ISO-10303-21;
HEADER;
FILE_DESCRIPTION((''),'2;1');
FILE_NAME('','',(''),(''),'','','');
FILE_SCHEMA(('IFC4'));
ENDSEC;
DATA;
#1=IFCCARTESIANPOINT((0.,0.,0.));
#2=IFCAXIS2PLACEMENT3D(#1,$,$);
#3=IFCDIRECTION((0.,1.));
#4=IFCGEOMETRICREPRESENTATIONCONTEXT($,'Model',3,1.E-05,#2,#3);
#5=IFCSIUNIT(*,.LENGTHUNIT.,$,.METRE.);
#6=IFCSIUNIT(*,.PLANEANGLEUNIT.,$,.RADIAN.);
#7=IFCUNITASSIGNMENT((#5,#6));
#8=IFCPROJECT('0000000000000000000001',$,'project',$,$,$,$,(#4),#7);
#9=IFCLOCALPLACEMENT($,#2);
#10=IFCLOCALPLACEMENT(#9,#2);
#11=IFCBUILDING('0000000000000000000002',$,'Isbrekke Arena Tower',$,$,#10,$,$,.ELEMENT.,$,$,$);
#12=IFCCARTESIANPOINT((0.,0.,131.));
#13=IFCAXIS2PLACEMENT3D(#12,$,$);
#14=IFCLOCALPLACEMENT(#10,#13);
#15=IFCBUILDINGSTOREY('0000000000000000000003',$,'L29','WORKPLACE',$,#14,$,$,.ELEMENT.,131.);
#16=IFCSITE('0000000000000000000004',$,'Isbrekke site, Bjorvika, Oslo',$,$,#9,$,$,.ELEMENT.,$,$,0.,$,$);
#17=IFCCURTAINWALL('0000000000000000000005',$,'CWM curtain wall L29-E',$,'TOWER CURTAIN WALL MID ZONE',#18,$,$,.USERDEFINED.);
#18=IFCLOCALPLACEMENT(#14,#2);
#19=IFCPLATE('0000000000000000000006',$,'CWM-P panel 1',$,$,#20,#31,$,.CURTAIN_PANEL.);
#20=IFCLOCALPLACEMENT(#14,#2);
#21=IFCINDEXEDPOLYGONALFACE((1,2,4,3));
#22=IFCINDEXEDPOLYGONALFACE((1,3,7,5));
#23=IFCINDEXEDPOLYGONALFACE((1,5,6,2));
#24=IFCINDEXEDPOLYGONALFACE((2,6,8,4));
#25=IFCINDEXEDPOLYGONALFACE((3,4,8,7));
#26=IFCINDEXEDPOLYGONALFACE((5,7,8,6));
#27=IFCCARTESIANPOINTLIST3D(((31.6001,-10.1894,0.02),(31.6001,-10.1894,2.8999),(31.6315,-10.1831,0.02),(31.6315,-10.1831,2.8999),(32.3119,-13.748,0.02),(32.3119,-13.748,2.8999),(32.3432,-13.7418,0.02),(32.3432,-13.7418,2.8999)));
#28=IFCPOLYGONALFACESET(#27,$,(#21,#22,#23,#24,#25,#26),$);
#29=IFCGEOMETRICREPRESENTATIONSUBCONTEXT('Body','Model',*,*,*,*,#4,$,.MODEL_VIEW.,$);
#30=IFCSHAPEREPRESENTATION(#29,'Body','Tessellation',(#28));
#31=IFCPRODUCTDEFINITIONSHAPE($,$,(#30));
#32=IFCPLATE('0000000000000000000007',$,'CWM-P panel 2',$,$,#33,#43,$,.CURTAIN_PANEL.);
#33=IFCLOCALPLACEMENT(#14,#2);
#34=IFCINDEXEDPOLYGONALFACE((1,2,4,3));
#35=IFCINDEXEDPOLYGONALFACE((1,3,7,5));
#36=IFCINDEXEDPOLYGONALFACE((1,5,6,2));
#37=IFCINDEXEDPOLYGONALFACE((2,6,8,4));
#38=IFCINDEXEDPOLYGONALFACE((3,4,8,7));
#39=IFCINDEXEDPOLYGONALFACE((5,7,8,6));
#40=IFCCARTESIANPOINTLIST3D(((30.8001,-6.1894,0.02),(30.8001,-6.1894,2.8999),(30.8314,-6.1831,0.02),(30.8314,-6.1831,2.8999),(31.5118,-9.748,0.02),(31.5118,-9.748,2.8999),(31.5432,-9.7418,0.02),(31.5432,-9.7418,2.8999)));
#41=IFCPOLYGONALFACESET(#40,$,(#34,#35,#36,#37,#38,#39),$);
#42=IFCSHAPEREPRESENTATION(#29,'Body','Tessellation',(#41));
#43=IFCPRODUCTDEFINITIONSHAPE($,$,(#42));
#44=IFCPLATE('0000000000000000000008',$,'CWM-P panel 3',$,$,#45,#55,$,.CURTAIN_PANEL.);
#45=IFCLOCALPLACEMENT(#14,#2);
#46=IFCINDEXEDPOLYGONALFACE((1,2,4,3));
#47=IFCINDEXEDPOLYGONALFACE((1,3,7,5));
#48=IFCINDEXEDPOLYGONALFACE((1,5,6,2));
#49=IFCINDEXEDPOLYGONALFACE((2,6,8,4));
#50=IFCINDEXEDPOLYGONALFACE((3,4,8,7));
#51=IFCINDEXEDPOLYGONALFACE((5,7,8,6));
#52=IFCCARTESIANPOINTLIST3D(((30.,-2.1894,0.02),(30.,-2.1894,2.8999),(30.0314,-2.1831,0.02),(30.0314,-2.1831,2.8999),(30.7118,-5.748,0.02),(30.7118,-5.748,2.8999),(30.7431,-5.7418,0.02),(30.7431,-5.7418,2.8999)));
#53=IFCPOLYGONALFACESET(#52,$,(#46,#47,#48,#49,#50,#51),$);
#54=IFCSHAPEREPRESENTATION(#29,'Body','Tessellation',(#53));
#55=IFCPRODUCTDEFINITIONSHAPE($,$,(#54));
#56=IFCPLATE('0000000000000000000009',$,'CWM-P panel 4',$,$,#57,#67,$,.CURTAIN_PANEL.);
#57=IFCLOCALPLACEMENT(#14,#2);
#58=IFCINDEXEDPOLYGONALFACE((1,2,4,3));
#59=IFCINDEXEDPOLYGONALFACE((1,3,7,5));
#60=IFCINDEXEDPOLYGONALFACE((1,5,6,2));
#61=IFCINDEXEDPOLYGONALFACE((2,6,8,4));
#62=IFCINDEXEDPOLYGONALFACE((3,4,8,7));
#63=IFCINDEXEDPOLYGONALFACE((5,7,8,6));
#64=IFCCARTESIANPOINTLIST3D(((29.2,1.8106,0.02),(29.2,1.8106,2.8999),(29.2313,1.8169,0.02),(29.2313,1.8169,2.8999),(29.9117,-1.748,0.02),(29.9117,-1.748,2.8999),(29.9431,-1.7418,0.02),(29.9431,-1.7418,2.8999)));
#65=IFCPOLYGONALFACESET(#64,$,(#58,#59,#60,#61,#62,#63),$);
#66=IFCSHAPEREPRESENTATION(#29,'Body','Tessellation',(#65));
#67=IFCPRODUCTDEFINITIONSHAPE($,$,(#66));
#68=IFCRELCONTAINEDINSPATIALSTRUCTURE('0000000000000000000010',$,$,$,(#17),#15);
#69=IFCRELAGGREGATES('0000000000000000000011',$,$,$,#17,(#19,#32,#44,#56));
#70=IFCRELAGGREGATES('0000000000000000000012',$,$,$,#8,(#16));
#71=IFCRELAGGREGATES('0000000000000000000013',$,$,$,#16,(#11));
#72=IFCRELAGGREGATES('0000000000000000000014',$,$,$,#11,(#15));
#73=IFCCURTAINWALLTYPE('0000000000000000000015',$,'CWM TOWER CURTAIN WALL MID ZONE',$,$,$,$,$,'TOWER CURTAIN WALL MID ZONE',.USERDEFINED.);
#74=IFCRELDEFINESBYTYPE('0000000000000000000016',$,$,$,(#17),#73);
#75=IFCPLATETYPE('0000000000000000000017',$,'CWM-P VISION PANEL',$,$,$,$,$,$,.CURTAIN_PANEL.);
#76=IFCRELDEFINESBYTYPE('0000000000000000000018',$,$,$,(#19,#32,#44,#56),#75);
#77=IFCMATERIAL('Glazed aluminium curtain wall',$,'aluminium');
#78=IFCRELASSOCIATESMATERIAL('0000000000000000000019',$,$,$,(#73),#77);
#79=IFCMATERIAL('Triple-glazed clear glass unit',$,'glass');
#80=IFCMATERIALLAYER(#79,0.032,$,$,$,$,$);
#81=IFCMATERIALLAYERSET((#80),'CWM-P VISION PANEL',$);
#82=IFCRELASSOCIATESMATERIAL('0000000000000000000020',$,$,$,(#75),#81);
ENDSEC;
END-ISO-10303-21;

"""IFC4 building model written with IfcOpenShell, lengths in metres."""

from ifc_helpers import new_model, si_unit, direction, frame, origin, origin_2d, place, context, subcontext, project, spatial, rectangle, extrude, material, layer, layer_set, type_object, element, aggregate, save


model = new_model("IFC4")

# Units and contexts
model_context = context("Model", 3, precision=1e-05, world=origin(), true_north=direction((0.0, 1.0)))
body_context = subcontext(model_context, "Body", "Model", "MODEL_VIEW")
ifc_project = project(units=[si_unit("LENGTHUNIT", "METRE"), si_unit("PLANEANGLEUNIT", "RADIAN")], contexts=[model_context])

# Site, building, storey
site_placement = place(None, origin())
site = spatial("IfcSite", under=ifc_project, at=site_placement, Name="Isbrekke site, Bjorvika, Oslo", CompositionType="ELEMENT", RefElevation=0.0)
building_placement = place(site_placement, origin())
building = spatial("IfcBuilding", under=site, at=building_placement, Name="Isbrekke Arena Tower", CompositionType="ELEMENT")
storey_placement = place(building_placement, frame((0.0, 0.0, 131.0)))
storey = spatial("IfcBuildingStorey", under=building, at=storey_placement, Name="L29", Description="WORKPLACE", CompositionType="ELEMENT", Elevation=131.0)

# Curtain wall
ifc_material_1 = material(Name="Glazed aluminium curtain wall", Category="aluminium")
curtain_wall_type = type_object("IfcCurtainWallType", Name="CWM TOWER CURTAIN WALL MID ZONE", ElementType="TOWER CURTAIN WALL MID ZONE", PredefinedType="USERDEFINED", material=ifc_material_1)
curtain_wall_placement = place(storey_placement, origin())
curtain_wall = element("IfcCurtainWall", 1, at=curtain_wall_placement, inside=storey, type_object=curtain_wall_type, Name="CWM curtain wall L29-E", ObjectType="TOWER CURTAIN WALL MID ZONE", PredefinedType="USERDEFINED")

# Plates
ifc_material_2 = material(Name="Triple-glazed clear glass unit", Category="glass")
ifc_layer = layer(ifc_material_2, 0.032)
ifc_layer_set = layer_set([ifc_layer], Name="CWM-P VISION PANEL")
plate_type = type_object("IfcPlateType", Name="CWM-P VISION PANEL", PredefinedType="CURTAIN_PANEL", material=ifc_layer_set)
plate_1_placement = place(storey_placement, frame((31.9717, -11.9656, 0.02), z_axis=(0.0, 0.0, 1.0), x_axis=(-0.196116, 0.980581, 0.0)))
plate_1 = element("IfcPlate", 2, at=plate_1_placement, type_object=plate_type, Name="CWM-P panel 1", PredefinedType="CURTAIN_PANEL", context=body_context, shape_type="SweptSolid", body=[
    extrude(rectangle(XDim=3.6292, YDim=0.032, at=origin_2d()), origin(), (0.0, 0.0, 1.0), 2.8799),
])
plate_2_placement = place(storey_placement, frame((31.1716, -7.9656, 0.02), z_axis=(0.0, 0.0, 1.0), x_axis=(-0.196116, 0.980581, 0.0)))
plate_2 = element("IfcPlate", 3, at=plate_2_placement, type_object=plate_type, Name="CWM-P panel 2", PredefinedType="CURTAIN_PANEL", context=body_context, shape_type="SweptSolid", body=[
    extrude(rectangle(XDim=3.6292, YDim=0.032, at=origin_2d()), origin(), (0.0, 0.0, 1.0), 2.8799),
])
plate_3_placement = place(storey_placement, frame((30.3716, -3.9656, 0.02), z_axis=(0.0, 0.0, 1.0), x_axis=(-0.196116, 0.980581, 0.0)))
plate_3 = element("IfcPlate", 4, at=plate_3_placement, type_object=plate_type, Name="CWM-P panel 3", PredefinedType="CURTAIN_PANEL", context=body_context, shape_type="SweptSolid", body=[
    extrude(rectangle(XDim=3.6292, YDim=0.032, at=origin_2d()), origin(), (0.0, 0.0, 1.0), 2.8799),
])
plate_4_placement = place(storey_placement, frame((29.5715, 0.0344, 0.02), z_axis=(0.0, 0.0, 1.0), x_axis=(-0.196116, 0.980581, 0.0)))
plate_4 = element("IfcPlate", 5, at=plate_4_placement, type_object=plate_type, Name="CWM-P panel 4", PredefinedType="CURTAIN_PANEL", context=body_context, shape_type="SweptSolid", body=[
    extrude(rectangle(XDim=3.6292, YDim=0.032, at=origin_2d()), origin(), (0.0, 0.0, 1.0), 2.8799),
])
aggregate(curtain_wall, [plate_1, plate_2, plate_3, plate_4])

save(model, "model.ifc")
